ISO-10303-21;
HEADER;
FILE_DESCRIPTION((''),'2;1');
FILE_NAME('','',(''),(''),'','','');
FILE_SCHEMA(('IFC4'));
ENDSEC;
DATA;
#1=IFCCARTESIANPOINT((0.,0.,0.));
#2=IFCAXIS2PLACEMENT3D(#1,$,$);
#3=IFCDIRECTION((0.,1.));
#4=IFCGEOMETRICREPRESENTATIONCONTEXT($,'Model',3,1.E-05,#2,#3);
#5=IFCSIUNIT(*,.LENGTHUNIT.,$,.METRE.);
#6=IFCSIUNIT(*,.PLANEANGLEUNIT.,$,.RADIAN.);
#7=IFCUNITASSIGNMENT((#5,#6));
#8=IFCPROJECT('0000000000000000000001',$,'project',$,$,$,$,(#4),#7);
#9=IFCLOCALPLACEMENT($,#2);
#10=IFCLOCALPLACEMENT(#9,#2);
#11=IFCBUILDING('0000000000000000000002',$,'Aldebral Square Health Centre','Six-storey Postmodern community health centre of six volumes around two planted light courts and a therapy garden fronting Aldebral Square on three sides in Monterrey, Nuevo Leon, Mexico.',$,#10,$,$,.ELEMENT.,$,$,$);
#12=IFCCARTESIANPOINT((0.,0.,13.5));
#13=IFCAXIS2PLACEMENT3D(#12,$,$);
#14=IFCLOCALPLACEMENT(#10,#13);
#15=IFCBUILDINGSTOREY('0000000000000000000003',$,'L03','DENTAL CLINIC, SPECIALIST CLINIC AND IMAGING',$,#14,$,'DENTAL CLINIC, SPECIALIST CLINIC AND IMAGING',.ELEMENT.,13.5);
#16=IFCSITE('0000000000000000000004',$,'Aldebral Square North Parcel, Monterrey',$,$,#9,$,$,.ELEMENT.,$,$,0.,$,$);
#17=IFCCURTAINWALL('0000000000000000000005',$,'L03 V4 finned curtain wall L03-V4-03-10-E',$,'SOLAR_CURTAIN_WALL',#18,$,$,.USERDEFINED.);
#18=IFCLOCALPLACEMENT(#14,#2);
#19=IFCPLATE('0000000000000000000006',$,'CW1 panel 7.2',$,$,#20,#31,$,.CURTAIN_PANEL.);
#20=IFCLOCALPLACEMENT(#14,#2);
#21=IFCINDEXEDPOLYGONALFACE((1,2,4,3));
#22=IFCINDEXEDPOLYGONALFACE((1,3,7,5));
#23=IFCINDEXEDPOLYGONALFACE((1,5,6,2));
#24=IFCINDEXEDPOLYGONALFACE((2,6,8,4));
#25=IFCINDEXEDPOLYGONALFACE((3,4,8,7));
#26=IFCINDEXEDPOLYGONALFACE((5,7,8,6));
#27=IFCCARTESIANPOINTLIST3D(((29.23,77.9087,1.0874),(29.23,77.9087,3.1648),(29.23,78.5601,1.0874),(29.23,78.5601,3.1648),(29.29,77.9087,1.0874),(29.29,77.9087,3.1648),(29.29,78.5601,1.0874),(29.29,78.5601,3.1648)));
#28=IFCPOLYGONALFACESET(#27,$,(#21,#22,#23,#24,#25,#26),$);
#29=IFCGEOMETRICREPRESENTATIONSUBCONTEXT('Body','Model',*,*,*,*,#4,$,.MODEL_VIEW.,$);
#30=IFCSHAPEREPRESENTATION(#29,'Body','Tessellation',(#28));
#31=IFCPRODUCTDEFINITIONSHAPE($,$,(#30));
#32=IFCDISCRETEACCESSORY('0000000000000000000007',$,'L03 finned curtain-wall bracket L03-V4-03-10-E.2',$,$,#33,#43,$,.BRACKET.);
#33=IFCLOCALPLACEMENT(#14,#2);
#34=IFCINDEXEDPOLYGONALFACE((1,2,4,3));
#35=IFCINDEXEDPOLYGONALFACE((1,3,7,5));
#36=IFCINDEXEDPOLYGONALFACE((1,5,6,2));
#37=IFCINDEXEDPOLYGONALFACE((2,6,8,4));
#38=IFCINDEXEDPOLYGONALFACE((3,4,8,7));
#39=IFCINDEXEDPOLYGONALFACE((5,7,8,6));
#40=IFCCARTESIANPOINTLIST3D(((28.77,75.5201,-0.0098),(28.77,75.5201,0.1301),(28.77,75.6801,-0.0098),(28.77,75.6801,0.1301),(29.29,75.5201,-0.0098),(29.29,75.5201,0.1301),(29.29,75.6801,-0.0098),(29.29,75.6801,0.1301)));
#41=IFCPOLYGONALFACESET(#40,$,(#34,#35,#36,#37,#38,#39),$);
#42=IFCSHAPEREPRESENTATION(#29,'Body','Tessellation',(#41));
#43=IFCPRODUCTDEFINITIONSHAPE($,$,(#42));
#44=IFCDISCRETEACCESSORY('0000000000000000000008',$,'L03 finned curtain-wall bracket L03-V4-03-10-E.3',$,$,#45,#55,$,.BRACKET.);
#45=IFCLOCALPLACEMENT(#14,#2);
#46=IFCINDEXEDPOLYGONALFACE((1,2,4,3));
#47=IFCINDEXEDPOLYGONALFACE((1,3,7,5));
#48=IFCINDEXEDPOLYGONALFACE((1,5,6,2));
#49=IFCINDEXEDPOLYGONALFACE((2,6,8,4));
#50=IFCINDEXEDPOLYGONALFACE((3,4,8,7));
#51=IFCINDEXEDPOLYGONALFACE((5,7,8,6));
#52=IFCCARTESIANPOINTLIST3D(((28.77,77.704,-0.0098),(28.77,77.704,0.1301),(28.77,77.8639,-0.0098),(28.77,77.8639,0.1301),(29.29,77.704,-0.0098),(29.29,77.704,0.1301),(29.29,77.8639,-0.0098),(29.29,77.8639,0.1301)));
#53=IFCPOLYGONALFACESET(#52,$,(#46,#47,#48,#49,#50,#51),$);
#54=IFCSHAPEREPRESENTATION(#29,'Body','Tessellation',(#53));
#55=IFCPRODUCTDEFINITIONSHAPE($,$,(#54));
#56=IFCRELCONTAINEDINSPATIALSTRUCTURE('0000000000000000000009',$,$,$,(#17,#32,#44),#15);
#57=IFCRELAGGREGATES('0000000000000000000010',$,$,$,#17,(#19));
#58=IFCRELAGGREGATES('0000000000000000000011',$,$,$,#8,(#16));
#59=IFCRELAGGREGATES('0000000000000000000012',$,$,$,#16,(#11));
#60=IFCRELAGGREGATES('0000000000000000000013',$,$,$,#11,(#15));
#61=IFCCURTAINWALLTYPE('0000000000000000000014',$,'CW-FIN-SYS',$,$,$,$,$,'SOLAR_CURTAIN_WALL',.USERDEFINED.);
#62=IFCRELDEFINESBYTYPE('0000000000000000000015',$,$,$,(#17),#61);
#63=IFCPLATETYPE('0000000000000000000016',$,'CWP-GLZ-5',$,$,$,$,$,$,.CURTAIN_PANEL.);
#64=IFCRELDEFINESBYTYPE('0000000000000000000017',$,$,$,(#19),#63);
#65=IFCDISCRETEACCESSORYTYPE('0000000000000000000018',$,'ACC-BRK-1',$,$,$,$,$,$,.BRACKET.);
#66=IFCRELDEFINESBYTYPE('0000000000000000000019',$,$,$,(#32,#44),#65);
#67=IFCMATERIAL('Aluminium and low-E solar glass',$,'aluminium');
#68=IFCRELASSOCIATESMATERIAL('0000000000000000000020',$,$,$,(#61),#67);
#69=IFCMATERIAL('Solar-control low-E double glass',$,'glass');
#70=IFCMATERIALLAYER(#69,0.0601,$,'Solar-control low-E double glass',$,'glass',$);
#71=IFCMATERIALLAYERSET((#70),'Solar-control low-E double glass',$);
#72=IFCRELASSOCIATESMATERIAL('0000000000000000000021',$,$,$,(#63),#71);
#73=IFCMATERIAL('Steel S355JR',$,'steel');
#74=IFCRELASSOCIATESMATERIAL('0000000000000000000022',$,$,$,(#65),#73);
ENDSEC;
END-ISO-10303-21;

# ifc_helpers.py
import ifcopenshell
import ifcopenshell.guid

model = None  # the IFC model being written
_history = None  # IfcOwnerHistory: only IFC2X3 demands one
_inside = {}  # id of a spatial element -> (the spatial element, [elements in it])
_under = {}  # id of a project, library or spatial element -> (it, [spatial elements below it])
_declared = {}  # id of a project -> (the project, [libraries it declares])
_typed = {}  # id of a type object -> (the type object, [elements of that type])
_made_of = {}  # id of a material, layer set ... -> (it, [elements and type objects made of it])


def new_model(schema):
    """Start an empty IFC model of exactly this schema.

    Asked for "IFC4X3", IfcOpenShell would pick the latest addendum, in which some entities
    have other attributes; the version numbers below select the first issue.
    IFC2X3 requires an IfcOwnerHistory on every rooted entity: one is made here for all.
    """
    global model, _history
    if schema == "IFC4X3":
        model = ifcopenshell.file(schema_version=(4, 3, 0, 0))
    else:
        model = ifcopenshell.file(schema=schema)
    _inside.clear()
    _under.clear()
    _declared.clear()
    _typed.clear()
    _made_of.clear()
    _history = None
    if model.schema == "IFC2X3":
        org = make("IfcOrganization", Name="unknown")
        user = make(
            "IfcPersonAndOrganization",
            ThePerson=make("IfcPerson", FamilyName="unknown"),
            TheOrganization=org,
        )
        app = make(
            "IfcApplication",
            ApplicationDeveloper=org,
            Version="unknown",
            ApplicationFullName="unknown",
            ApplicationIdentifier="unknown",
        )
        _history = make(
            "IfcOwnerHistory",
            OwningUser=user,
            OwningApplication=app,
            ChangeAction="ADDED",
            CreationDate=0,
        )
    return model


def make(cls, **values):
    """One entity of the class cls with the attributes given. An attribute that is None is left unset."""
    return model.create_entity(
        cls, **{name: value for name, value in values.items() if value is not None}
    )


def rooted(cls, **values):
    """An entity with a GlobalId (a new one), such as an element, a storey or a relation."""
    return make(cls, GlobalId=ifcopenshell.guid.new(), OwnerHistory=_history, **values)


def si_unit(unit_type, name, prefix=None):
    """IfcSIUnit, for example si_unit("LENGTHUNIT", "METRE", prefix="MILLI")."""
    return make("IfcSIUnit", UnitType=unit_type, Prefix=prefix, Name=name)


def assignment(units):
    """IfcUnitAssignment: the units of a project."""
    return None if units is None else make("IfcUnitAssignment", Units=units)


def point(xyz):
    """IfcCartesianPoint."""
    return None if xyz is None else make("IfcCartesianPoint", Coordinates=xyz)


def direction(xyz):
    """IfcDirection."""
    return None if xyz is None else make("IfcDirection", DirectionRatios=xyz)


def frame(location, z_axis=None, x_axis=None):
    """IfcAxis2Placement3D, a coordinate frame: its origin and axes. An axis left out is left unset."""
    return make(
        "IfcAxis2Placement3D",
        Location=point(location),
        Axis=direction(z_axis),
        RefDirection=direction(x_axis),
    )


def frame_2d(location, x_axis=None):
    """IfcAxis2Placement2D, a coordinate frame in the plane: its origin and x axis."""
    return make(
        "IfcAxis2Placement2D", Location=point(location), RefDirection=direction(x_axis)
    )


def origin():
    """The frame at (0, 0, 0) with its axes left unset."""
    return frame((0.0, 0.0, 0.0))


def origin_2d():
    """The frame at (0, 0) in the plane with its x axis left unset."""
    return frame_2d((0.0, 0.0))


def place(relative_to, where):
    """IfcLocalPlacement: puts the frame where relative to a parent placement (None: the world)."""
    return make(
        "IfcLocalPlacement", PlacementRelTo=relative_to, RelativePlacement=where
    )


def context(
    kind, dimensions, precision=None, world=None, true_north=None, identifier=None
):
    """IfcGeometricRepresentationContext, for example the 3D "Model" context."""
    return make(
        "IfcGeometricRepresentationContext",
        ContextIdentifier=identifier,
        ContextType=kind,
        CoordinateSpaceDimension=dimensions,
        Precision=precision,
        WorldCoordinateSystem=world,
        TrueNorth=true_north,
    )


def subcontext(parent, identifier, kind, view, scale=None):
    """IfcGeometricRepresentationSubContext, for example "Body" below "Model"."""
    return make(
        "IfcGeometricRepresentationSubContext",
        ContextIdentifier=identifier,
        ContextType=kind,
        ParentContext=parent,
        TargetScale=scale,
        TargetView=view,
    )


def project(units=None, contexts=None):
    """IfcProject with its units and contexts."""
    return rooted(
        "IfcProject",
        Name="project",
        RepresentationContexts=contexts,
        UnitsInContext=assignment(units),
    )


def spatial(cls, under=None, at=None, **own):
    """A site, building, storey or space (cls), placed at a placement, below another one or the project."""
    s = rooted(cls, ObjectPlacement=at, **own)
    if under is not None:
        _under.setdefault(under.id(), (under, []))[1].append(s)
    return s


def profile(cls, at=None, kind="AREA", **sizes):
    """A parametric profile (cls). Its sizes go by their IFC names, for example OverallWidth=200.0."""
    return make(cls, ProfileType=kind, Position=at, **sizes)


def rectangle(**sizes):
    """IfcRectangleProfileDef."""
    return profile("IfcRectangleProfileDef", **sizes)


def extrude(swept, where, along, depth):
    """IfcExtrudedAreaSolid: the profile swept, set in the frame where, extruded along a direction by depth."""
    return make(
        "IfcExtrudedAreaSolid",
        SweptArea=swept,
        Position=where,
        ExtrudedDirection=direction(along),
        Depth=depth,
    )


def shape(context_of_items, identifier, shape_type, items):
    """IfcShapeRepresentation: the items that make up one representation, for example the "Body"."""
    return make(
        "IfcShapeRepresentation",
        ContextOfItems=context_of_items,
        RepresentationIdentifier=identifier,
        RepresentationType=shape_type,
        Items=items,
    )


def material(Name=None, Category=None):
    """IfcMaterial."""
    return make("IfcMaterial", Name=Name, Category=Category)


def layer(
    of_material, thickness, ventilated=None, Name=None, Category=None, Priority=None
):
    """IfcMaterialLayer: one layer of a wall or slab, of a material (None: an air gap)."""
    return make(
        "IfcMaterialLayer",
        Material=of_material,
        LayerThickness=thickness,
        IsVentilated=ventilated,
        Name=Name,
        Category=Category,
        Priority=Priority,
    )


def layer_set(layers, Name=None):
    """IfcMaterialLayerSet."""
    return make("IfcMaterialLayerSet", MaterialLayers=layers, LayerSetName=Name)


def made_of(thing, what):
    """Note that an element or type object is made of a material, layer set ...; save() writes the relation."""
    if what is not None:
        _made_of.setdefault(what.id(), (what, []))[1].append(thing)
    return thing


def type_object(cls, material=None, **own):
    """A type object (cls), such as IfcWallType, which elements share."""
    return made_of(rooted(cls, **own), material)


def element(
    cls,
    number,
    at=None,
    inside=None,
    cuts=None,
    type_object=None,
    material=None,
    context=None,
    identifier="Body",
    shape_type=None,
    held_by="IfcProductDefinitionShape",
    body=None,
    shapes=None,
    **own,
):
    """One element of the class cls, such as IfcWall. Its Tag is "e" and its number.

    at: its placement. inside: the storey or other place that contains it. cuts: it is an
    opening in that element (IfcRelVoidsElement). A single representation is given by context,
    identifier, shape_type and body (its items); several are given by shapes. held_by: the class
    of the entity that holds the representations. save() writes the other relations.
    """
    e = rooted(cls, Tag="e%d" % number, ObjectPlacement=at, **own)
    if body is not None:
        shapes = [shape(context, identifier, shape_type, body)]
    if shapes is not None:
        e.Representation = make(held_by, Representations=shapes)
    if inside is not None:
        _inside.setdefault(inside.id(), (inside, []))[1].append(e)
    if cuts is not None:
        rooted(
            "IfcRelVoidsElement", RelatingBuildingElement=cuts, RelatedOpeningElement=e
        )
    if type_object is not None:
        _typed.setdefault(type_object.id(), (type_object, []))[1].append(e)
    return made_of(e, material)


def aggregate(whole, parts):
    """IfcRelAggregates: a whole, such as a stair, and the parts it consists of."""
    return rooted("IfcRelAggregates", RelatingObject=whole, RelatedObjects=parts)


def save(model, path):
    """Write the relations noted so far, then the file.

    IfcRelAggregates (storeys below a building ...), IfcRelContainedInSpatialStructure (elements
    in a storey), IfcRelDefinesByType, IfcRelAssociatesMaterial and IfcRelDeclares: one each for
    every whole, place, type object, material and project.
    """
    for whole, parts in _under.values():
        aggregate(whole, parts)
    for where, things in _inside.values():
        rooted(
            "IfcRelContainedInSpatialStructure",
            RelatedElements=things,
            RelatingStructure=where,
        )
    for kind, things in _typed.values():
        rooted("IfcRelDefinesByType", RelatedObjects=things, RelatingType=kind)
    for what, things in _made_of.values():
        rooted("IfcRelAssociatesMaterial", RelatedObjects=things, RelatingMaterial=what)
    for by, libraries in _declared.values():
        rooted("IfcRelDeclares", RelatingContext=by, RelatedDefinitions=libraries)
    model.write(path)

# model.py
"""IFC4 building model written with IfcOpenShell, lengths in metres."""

from ifc_helpers import new_model, si_unit, direction, frame, origin, origin_2d, place, context, subcontext, project, spatial, rectangle, extrude, material, layer, layer_set, type_object, element, aggregate, save


model = new_model("IFC4")

# Units and contexts
model_context = context("Model", 3, precision=1e-05, world=origin(), true_north=direction((0.0, 1.0)))
body_context = subcontext(model_context, "Body", "Model", "MODEL_VIEW")
ifc_project = project(units=[si_unit("LENGTHUNIT", "METRE"), si_unit("PLANEANGLEUNIT", "RADIAN")], contexts=[model_context])

# Site, building, storey
site_placement = place(None, origin())
site = spatial("IfcSite", under=ifc_project, at=site_placement, Name="Aldebral Square North Parcel, Monterrey", CompositionType="ELEMENT", RefElevation=0.0)
building_placement = place(site_placement, origin())
building = spatial("IfcBuilding", under=site, at=building_placement, Name="Aldebral Square Health Centre", Description="Six-storey Postmodern community health centre of six volumes around two planted light courts and a therapy garden fronting Aldebral Square on three sides in Monterrey, Nuevo Leon, Mexico.", CompositionType="ELEMENT")
storey_placement = place(building_placement, frame((0.0, 0.0, 13.5)))
storey = spatial("IfcBuildingStorey", under=building, at=storey_placement, Name="L03", Description="DENTAL CLINIC, SPECIALIST CLINIC AND IMAGING", LongName="DENTAL CLINIC, SPECIALIST CLINIC AND IMAGING", CompositionType="ELEMENT", Elevation=13.5)

# Curtain wall, plate
ifc_material_1 = material(Name="Aluminium and low-E solar glass", Category="aluminium")
curtain_wall_type = type_object("IfcCurtainWallType", Name="CW-FIN-SYS", ElementType="SOLAR_CURTAIN_WALL", PredefinedType="USERDEFINED", material=ifc_material_1)
curtain_wall_placement = place(storey_placement, origin())
curtain_wall = element("IfcCurtainWall", 1, at=curtain_wall_placement, inside=storey, type_object=curtain_wall_type, Name="L03 V4 finned curtain wall L03-V4-03-10-E", ObjectType="SOLAR_CURTAIN_WALL", PredefinedType="USERDEFINED")
ifc_material_2 = material(Name="Solar-control low-E double glass", Category="glass")
ifc_layer = layer(ifc_material_2, 0.0601, Name="Solar-control low-E double glass", Category="glass")
ifc_layer_set = layer_set([ifc_layer], Name="Solar-control low-E double glass")
plate_type = type_object("IfcPlateType", Name="CWP-GLZ-5", PredefinedType="CURTAIN_PANEL", material=ifc_layer_set)
plate_1_placement = place(storey_placement, frame((29.26, 78.2344, 1.0874), z_axis=(0.0, 0.0, 1.0), x_axis=(0.0, 1.0, 0.0)))
plate_1 = element("IfcPlate", 2, at=plate_1_placement, type_object=plate_type, Name="CW1 panel 7.2", PredefinedType="CURTAIN_PANEL", context=body_context, shape_type="SweptSolid", body=[
    extrude(rectangle(XDim=0.6514, YDim=0.0601, at=origin_2d()), origin(), (0.0, 0.0, 1.0), 2.0774),
])
aggregate(curtain_wall, [plate_1])

# Discrete accessories
ifc_material_3 = material(Name="Steel S355JR", Category="steel")
discrete_accessory_type = type_object("IfcDiscreteAccessoryType", Name="ACC-BRK-1", PredefinedType="BRACKET", material=ifc_material_3)
for number, where, z_axis, x_axis, name in (
    (3, (29.03, 75.6001, -0.0098), (0.0, 0.0, 1.0), (0.0, 1.0, 0.0), "L03 finned curtain-wall bracket L03-V4-03-10-E.2"),
    (4, (29.03, 77.7839, -0.0098), (0.0, 0.0, 1.0), (0.0, 1.0, 0.0), "L03 finned curtain-wall bracket L03-V4-03-10-E.3"),
):
    element("IfcDiscreteAccessory", number, at=place(storey_placement, frame(where, z_axis=z_axis, x_axis=x_axis)), inside=storey, type_object=discrete_accessory_type, Name=name, PredefinedType="BRACKET", context=body_context, shape_type="SweptSolid", body=[
        extrude(rectangle(XDim=0.1599, YDim=0.52, at=origin_2d()), origin(), (0.0, 0.0, 1.0), 0.1399),
    ])

save(model, "model.ifc")
